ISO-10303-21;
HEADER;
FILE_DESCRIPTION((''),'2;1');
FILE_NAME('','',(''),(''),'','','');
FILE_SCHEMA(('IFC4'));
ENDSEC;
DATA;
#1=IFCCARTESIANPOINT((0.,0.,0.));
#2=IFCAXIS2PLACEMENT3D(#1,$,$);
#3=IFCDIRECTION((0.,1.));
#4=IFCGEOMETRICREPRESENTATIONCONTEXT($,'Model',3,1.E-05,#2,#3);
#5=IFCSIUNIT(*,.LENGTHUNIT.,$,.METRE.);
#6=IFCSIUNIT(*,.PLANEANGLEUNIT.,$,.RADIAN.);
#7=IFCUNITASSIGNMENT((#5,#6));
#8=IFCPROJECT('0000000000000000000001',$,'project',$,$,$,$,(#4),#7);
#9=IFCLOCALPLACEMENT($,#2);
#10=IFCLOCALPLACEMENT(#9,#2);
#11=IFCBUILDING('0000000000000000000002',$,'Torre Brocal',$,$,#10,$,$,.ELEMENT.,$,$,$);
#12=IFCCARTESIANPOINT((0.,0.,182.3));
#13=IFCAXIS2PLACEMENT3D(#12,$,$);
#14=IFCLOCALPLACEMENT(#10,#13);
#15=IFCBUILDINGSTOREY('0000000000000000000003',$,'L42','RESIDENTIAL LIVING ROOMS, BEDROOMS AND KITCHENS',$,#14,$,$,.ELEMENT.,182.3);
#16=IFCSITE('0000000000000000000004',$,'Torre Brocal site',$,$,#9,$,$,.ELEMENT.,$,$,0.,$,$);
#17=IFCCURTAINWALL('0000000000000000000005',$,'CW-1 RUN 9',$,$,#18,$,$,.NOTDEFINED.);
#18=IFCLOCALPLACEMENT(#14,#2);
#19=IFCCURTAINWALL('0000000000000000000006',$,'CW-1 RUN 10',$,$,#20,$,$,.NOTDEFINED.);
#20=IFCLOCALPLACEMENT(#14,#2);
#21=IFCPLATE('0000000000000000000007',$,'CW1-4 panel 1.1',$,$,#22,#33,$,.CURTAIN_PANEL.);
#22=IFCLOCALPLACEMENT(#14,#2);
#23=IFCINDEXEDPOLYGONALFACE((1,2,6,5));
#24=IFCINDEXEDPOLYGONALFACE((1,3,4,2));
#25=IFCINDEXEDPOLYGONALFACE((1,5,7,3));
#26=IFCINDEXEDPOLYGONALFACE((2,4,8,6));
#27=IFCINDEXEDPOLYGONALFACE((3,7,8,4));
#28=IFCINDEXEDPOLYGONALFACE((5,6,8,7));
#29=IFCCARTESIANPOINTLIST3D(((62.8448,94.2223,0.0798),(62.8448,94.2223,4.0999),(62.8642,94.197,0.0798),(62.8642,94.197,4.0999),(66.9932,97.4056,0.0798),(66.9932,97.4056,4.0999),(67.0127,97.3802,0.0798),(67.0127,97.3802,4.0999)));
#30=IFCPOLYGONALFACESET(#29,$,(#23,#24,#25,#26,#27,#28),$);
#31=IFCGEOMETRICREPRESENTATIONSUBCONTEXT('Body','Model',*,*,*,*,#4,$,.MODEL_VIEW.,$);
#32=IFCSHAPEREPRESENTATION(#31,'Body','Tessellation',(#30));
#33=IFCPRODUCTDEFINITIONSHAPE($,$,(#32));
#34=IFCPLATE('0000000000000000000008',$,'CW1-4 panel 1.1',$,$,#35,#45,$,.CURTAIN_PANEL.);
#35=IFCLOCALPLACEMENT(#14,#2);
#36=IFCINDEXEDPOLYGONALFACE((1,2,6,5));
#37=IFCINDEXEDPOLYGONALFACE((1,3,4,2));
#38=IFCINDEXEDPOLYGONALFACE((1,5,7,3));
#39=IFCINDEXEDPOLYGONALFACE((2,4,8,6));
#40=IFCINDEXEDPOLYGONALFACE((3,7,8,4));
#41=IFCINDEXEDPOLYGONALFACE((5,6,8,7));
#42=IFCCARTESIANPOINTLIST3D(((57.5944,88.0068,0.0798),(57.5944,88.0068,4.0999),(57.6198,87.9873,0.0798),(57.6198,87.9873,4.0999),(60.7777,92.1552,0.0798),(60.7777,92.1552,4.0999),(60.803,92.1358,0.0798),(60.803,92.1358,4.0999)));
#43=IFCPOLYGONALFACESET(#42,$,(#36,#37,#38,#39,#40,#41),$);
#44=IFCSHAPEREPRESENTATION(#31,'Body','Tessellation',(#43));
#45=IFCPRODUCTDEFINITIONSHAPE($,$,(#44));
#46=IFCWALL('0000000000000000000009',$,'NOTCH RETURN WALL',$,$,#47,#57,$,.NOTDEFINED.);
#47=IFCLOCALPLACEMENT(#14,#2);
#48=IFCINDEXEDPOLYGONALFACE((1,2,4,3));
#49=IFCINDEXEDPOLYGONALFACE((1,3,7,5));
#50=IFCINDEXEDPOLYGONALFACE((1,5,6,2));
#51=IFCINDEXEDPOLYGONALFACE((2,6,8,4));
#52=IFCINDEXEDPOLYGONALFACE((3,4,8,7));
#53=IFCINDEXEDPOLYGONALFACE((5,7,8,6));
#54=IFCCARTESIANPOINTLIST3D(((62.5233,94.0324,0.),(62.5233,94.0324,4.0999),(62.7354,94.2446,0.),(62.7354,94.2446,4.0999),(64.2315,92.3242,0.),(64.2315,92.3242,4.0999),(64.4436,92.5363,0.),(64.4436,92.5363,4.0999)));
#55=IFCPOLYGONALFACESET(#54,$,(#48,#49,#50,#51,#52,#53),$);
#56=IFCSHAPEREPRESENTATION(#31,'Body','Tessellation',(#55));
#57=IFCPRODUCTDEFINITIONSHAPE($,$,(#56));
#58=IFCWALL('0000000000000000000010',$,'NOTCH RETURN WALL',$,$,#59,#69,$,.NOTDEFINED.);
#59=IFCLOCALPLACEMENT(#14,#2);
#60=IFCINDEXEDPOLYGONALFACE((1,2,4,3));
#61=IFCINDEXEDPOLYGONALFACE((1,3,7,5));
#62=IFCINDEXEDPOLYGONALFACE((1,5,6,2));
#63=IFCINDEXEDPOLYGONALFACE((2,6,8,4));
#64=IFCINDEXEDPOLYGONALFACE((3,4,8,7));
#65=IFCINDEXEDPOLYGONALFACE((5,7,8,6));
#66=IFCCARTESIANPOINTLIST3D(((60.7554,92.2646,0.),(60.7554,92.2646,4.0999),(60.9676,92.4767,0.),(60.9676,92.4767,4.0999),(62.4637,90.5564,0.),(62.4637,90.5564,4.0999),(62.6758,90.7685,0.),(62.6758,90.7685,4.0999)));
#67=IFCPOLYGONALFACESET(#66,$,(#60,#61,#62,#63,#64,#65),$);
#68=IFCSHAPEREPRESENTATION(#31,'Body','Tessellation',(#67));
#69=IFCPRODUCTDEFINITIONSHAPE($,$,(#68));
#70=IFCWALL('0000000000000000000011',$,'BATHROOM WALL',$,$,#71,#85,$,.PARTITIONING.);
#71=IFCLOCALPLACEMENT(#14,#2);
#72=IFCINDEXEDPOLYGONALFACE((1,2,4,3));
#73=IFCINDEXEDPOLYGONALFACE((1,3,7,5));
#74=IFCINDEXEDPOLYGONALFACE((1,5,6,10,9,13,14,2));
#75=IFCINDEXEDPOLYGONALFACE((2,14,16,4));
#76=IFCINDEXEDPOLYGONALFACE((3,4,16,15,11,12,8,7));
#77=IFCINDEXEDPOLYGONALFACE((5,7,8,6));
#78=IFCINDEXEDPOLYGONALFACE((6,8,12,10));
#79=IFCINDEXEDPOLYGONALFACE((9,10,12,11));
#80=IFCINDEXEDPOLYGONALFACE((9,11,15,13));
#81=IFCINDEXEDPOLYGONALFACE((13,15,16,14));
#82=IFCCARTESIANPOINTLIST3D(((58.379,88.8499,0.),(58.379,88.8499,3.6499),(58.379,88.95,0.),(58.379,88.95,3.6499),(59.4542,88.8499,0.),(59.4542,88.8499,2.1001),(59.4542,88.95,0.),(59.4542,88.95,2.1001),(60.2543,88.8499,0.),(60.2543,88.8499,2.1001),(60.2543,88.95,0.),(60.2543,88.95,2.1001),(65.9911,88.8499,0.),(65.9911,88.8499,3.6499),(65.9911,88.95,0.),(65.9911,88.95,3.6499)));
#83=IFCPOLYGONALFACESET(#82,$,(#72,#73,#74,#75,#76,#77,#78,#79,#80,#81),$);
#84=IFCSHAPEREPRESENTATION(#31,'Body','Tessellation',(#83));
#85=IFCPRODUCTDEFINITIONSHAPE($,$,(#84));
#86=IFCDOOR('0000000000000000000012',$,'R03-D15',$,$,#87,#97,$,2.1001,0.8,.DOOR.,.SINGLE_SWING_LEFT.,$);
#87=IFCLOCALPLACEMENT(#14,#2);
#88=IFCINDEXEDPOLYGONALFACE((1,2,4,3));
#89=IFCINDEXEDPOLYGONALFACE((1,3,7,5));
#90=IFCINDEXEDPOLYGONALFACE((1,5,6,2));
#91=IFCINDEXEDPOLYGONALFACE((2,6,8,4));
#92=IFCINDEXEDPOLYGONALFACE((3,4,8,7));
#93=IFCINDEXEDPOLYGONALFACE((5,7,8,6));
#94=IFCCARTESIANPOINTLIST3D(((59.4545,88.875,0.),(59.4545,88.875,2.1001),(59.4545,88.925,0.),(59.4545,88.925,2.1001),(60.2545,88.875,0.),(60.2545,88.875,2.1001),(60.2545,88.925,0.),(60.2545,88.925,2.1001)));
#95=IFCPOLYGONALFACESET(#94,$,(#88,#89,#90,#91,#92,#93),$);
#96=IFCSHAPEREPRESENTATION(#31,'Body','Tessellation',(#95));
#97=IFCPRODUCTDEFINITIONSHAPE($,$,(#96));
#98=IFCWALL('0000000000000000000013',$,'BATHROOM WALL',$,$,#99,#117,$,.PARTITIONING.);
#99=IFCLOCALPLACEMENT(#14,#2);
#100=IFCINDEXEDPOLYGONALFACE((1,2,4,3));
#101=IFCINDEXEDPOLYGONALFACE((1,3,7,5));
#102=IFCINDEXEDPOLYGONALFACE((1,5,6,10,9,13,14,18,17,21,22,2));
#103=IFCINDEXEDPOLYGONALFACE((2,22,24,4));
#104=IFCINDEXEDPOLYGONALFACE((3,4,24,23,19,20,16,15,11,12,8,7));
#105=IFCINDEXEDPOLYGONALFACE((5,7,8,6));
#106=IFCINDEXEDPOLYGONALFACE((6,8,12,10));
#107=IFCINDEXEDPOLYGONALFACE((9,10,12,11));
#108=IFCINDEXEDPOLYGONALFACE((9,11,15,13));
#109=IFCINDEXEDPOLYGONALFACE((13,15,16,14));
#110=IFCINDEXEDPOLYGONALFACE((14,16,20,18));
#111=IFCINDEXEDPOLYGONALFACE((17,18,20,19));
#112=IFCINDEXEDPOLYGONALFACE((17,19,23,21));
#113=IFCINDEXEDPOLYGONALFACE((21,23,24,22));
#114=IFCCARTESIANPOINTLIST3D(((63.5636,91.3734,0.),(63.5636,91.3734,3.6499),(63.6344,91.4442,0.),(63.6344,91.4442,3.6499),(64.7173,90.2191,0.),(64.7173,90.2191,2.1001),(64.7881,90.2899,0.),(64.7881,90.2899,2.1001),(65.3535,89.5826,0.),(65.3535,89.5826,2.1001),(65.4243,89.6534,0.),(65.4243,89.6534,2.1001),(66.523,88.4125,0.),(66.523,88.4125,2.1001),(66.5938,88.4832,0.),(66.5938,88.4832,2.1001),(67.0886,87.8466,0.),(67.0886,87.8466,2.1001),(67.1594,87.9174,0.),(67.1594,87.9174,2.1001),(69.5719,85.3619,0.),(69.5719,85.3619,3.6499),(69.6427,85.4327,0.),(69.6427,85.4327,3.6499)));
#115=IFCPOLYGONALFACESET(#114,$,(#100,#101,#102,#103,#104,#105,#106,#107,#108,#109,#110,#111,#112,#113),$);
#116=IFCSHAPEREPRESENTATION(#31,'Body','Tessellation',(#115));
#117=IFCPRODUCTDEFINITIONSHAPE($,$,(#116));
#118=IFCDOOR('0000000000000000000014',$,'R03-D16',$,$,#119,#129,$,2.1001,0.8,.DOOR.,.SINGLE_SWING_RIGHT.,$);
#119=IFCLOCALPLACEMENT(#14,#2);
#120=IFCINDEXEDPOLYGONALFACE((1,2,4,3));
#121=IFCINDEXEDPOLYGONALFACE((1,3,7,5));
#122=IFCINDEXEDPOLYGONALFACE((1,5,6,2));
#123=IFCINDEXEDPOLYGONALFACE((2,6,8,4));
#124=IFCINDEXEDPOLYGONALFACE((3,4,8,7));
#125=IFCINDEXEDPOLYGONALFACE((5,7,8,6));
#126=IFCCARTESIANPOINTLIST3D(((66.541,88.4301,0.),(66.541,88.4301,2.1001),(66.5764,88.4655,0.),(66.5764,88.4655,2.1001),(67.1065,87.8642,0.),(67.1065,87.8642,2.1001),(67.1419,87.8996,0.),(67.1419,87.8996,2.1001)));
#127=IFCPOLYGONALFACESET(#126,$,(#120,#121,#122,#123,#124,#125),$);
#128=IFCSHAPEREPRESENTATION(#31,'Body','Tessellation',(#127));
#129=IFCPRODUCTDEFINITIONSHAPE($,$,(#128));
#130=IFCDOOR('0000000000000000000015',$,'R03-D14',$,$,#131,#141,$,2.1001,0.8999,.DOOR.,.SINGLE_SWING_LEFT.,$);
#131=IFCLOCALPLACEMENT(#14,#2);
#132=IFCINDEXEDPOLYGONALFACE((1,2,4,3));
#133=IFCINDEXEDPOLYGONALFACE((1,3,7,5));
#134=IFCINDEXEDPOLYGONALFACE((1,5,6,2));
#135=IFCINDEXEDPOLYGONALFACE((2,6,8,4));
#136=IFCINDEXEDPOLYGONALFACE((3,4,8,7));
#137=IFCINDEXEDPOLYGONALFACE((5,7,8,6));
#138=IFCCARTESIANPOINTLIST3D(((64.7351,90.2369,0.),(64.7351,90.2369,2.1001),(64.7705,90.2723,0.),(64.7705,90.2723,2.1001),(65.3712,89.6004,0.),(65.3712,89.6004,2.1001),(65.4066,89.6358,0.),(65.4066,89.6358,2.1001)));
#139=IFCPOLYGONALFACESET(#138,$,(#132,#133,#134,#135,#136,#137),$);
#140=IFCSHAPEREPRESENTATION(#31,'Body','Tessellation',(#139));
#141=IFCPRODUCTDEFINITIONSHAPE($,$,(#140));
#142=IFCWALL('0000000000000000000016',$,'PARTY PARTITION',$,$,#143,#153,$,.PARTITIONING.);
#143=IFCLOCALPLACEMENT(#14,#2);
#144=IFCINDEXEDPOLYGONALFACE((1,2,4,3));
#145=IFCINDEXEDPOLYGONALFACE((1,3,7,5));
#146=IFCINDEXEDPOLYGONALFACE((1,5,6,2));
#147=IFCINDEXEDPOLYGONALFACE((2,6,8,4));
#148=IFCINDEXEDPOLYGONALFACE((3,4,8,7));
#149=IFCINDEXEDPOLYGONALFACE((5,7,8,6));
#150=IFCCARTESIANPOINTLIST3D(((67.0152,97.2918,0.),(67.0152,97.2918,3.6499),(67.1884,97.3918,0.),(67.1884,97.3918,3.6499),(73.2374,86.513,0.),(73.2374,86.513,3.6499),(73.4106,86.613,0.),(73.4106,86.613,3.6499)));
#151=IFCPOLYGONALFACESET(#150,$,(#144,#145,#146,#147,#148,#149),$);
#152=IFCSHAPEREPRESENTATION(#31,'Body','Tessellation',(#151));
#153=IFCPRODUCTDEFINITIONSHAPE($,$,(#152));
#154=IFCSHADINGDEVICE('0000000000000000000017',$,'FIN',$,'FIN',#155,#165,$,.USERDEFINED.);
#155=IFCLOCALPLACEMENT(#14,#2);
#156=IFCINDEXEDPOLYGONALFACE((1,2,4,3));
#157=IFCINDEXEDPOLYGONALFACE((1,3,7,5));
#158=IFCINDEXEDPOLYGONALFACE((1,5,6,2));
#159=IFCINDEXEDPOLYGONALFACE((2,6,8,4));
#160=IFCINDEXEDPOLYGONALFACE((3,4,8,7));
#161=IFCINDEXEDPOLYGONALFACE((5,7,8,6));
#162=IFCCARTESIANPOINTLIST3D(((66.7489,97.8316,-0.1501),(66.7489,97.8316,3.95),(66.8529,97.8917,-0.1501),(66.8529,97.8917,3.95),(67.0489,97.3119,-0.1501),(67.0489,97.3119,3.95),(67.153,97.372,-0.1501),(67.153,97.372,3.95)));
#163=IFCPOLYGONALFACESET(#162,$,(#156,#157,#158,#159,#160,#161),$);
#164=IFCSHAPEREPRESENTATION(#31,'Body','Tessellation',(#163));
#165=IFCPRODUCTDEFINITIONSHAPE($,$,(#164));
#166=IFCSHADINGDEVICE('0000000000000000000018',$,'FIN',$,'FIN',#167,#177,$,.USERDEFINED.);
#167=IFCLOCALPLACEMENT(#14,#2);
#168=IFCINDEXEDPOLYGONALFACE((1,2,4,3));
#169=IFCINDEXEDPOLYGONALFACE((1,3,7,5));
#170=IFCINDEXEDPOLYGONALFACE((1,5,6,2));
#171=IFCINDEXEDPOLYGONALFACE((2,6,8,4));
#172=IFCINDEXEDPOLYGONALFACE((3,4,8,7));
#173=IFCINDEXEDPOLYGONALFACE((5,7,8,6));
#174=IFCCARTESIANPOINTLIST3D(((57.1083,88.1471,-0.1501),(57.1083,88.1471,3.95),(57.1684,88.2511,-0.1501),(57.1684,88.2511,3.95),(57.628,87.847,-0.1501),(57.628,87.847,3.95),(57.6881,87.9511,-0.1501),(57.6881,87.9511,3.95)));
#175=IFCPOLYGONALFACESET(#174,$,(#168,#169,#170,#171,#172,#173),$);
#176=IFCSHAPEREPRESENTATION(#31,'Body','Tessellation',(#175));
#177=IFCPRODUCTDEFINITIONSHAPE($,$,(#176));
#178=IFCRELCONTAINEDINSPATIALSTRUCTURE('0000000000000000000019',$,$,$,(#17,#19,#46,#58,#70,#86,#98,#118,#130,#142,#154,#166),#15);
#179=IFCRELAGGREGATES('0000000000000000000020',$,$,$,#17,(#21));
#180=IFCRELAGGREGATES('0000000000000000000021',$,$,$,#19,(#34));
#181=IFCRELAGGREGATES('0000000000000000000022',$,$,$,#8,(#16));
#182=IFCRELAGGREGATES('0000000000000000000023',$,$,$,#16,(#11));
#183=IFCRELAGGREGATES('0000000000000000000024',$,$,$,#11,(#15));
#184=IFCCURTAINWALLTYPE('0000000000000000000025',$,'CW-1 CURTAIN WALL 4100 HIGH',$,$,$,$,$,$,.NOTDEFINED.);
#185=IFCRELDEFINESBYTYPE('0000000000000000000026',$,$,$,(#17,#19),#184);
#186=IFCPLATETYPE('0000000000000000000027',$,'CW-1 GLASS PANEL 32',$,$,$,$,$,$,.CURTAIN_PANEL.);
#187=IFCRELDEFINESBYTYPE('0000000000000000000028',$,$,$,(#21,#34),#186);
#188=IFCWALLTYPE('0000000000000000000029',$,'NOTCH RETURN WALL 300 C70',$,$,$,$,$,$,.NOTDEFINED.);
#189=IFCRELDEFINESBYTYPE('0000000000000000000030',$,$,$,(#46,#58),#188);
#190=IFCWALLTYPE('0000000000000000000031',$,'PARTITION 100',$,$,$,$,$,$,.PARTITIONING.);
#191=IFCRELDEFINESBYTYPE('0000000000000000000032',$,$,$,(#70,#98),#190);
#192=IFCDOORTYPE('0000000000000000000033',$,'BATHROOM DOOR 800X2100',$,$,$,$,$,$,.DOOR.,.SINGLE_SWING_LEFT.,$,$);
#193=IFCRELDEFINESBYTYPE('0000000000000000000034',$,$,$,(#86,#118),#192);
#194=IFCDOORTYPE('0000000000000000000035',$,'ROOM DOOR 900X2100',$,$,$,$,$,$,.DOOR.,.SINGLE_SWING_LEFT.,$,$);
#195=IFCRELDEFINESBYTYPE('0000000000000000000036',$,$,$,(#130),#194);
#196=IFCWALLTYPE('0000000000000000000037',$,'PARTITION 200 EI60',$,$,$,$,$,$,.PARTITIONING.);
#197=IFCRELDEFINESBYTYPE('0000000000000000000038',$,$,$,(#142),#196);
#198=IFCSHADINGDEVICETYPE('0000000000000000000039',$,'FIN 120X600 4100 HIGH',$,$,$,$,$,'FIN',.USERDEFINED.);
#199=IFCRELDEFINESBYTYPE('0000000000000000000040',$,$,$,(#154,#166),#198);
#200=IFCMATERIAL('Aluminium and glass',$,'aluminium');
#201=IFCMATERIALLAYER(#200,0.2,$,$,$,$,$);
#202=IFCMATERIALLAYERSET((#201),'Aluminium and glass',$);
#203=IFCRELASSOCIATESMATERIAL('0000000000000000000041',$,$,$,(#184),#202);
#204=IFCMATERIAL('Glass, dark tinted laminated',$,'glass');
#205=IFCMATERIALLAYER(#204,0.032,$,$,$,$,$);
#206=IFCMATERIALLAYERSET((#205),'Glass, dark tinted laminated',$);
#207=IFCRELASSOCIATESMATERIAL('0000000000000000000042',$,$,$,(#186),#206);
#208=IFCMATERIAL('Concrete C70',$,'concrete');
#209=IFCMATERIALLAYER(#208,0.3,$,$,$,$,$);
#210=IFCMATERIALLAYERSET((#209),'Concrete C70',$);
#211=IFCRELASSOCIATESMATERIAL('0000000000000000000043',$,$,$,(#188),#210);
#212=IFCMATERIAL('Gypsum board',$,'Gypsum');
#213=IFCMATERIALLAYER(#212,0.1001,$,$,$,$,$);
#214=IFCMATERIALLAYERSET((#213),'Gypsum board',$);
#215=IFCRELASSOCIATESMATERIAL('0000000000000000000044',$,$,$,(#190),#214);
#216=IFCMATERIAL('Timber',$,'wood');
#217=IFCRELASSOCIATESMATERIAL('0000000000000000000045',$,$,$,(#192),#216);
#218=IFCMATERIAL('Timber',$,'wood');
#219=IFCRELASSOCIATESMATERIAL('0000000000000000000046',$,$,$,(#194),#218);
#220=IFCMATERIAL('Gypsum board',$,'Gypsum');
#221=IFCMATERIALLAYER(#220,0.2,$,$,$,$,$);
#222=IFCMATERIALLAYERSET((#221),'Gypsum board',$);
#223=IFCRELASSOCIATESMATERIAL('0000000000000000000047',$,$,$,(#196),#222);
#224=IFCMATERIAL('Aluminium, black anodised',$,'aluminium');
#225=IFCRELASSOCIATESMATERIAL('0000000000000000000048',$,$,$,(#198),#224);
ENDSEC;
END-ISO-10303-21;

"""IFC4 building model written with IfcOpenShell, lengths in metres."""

from ifc_helpers import new_model, si_unit, direction, frame, frame_2d, origin, origin_2d, place, context, subcontext, project, spatial, rectangle, extrude, material, layer, layer_set, material_profile, profile_set, type_object, element, fill, aggregate, save


model = new_model("IFC4")

# Units and contexts
model_context = context("Model", 3, precision=1e-05, world=origin(), true_north=direction((0.0, 1.0)))
body_context = subcontext(model_context, "Body", "Model", "MODEL_VIEW")
ifc_project = project(units=[si_unit("LENGTHUNIT", "METRE"), si_unit("PLANEANGLEUNIT", "RADIAN")], contexts=[model_context])

# Site, building, storey
site_placement = place(None, origin())
site = spatial("IfcSite", under=ifc_project, at=site_placement, Name="Torre Brocal site", CompositionType="ELEMENT", RefElevation=0.0)
building_placement = place(site_placement, origin())
building = spatial("IfcBuilding", under=site, at=building_placement, Name="Torre Brocal", CompositionType="ELEMENT")
storey_placement = place(building_placement, frame((0.0, 0.0, 182.3)))
storey = spatial("IfcBuildingStorey", under=building, at=storey_placement, Name="L42", Description="RESIDENTIAL LIVING ROOMS, BEDROOMS AND KITCHENS", CompositionType="ELEMENT", Elevation=182.3)

# Shared definitions
ifc_material_1 = material(Name="Aluminium and glass", Category="aluminium")
ifc_layer_1 = layer(ifc_material_1, 0.2)
ifc_layer_set_1 = layer_set([ifc_layer_1], Name="Aluminium and glass")
curtain_wall_type = type_object("IfcCurtainWallType", Name="CW-1 CURTAIN WALL 4100 HIGH", PredefinedType="NOTDEFINED", material=ifc_layer_set_1)

# Curtain walls
curtain_wall_1_placement = place(storey_placement, origin())
curtain_wall_1 = element("IfcCurtainWall", 1, at=curtain_wall_1_placement, inside=storey, type_object=curtain_wall_type, Name="CW-1 RUN 9", PredefinedType="NOTDEFINED")
curtain_wall_2_placement = place(storey_placement, origin())
curtain_wall_2 = element("IfcCurtainWall", 2, at=curtain_wall_2_placement, inside=storey, type_object=curtain_wall_type, Name="CW-1 RUN 10", PredefinedType="NOTDEFINED")

# Plates
ifc_material_2 = material(Name="Glass, dark tinted laminated", Category="glass")
ifc_layer_2 = layer(ifc_material_2, 0.032)
ifc_layer_set_2 = layer_set([ifc_layer_2], Name="Glass, dark tinted laminated")
plate_type = type_object("IfcPlateType", Name="CW-1 GLASS PANEL 32", PredefinedType="CURTAIN_PANEL", material=ifc_layer_set_2)
plate_1_placement = place(storey_placement, frame((64.9287, 95.8013, 0.0798), z_axis=(0.0, 0.0, 1.0), x_axis=(-0.793353, -0.608761, 0.0)))
plate_1 = element("IfcPlate", 3, at=plate_1_placement, type_object=plate_type, Name="CW1-4 panel 1.1", PredefinedType="CURTAIN_PANEL", context=body_context, shape_type="SweptSolid", body=[
    extrude(rectangle(XDim=5.229, YDim=0.032, at=origin_2d()), origin(), (0.0, 0.0, 1.0), 4.02),
])
aggregate(curtain_wall_1, [plate_1])
plate_2_placement = place(storey_placement, frame((59.1987, 90.0713, 0.0798), z_axis=(0.0, 0.0, 1.0), x_axis=(-0.608761, -0.793353, 0.0)))
plate_2 = element("IfcPlate", 4, at=plate_2_placement, type_object=plate_type, Name="CW1-4 panel 1.1", PredefinedType="CURTAIN_PANEL", context=body_context, shape_type="SweptSolid", body=[
    extrude(rectangle(XDim=5.229, YDim=0.032, at=origin_2d()), origin(), (0.0, 0.0, 1.0), 4.02),
])
aggregate(curtain_wall_2, [plate_2])

# Walls
ifc_material_3 = material(Name="Concrete C70", Category="concrete")
ifc_layer_3 = layer(ifc_material_3, 0.3)
ifc_layer_set_3 = layer_set([ifc_layer_3], Name="Concrete C70")
wall_type_1 = type_object("IfcWallType", Name="NOTCH RETURN WALL 300 C70", PredefinedType="NOTDEFINED", material=ifc_layer_set_3)
for number, where, z_axis, x_axis, name in (
    (5, (64.3376, 92.4302, 0.0), (0.0, 0.0, 1.0), (-0.707107, 0.707107, 0.0), "NOTCH RETURN WALL"),
    (6, (62.5698, 90.6624, 0.0), (0.0, 0.0, 1.0), (-0.707107, 0.707107, 0.0), "NOTCH RETURN WALL"),
):
    element("IfcWall", number, at=place(storey_placement, frame(where, z_axis=z_axis, x_axis=x_axis)), inside=storey, type_object=wall_type_1, Name=name, PredefinedType="NOTDEFINED", context=body_context, shape_type="SweptSolid", body=[
        extrude(rectangle(XDim=2.4158, YDim=0.3, at=frame_2d((1.208, 0.0))), origin(), (0.0, 0.0, 1.0), 4.0999),
    ])

# Wall, opening, door
ifc_material_4 = material(Name="Gypsum board", Category="Gypsum")
ifc_layer_4 = layer(ifc_material_4, 0.1001)
ifc_layer_set_4 = layer_set([ifc_layer_4], Name="Gypsum board")
wall_type_2 = type_object("IfcWallType", Name="PARTITION 100", PredefinedType="PARTITIONING", material=ifc_layer_set_4)
wall_1_placement = place(storey_placement, frame((58.3789, 88.8999, 0.0), z_axis=(0.0, 0.0, 1.0), x_axis=(1.0, 0.0, 0.0)))
wall_1 = element("IfcWall", 7, at=wall_1_placement, inside=storey, type_object=wall_type_2, Name="BATHROOM WALL", PredefinedType="PARTITIONING", context=body_context, shape_type="SweptSolid", body=[
    extrude(rectangle(XDim=7.6121, YDim=0.1001, at=frame_2d((3.8062, 0.0))), origin(), (0.0, 0.0, 1.0), 3.6499),
])
opening_1_placement = place(wall_1_placement, frame((1.0754, 0.0, 0.0)))
opening_1 = element("IfcOpeningElement", 8, at=opening_1_placement, cuts=wall_1, PredefinedType="OPENING", context=body_context, shape_type="SweptSolid", body=[
    extrude(rectangle(XDim=0.8, YDim=2.1001, at=frame_2d((0.3999, 1.05))), frame((0.0, 0.0601, 0.0), z_axis=(0.0, -1.0, 0.0), x_axis=(1.0, 0.0, 0.0)), (0.0, 0.0, 1.0), 0.1201),
])
ifc_material_5 = material(Name="Timber", Category="wood")
door_type_1 = type_object("IfcDoorType", Name="BATHROOM DOOR 800X2100", OperationType="SINGLE_SWING_LEFT", PredefinedType="DOOR", material=ifc_material_5)
door_1_placement = place(opening_1_placement, frame((0.8, 0.0, 0.0), z_axis=(0.0, 0.0, 1.0), x_axis=(-1.0, 0.0, 0.0)))
door_1 = element("IfcDoor", 9, at=door_1_placement, inside=storey, type_object=door_type_1, Name="R03-D15", OperationType="SINGLE_SWING_LEFT", OverallHeight=2.1001, OverallWidth=0.8, PredefinedType="DOOR", context=body_context, shape_type="SweptSolid", body=[
    extrude(rectangle(XDim=0.8, YDim=2.1001, at=frame_2d((0.3999, 1.05))), frame((0.0, 0.0249, 0.0), z_axis=(0.0, -1.0, 0.0), x_axis=(1.0, 0.0, 0.0)), (0.0, 0.0, 1.0), 0.05),
])
fill(opening_1, door_1)

# Wall, openings, doors
wall_2_placement = place(storey_placement, frame((63.5991, 91.4087, 0.0), z_axis=(0.0, 0.0, 1.0), x_axis=(0.70692, -0.707293, 0.0)))
wall_2 = element("IfcWall", 10, at=wall_2_placement, inside=storey, type_object=wall_type_2, Name="BATHROOM WALL", PredefinedType="PARTITIONING", context=body_context, shape_type="SweptSolid", body=[
    extrude(rectangle(XDim=8.4993, YDim=0.1001, at=frame_2d((4.2495, 0.0))), origin(), (0.0, 0.0, 1.0), 3.6499),
])
opening_2_placement = place(wall_2_placement, frame((1.6318, 0.0, 0.0)))
opening_2 = element("IfcOpeningElement", 11, at=opening_2_placement, cuts=wall_2, PredefinedType="OPENING", context=body_context, shape_type="SweptSolid", body=[
    extrude(rectangle(XDim=0.8999, YDim=2.1001, at=frame_2d((0.45, 1.05))), frame((0.0, 0.0601, 0.0), z_axis=(0.0, -1.0, 0.0), x_axis=(1.0, 0.0, 0.0)), (0.0, 0.0, 1.0), 0.1201),
])
opening_3_placement = place(wall_2_placement, frame((4.1863, 0.0, 0.0)))
opening_3 = element("IfcOpeningElement", 12, at=opening_3_placement, cuts=wall_2, PredefinedType="OPENING", context=body_context, shape_type="SweptSolid", body=[
    extrude(rectangle(XDim=0.8, YDim=2.1001, at=frame_2d((0.3999, 1.05))), frame((0.0, 0.0601, 0.0), z_axis=(0.0, -1.0, 0.0), x_axis=(1.0, 0.0, 0.0)), (0.0, 0.0, 1.0), 0.1201),
])
door_2_placement = place(opening_3_placement, frame((0.8, 0.0, 0.0), z_axis=(0.0, 0.0, 1.0), x_axis=(-1.0, 0.0, 0.0)))
door_2 = element("IfcDoor", 13, at=door_2_placement, inside=storey, type_object=door_type_1, Name="R03-D16", OperationType="SINGLE_SWING_RIGHT", OverallHeight=2.1001, OverallWidth=0.8, PredefinedType="DOOR", context=body_context, shape_type="SweptSolid", body=[
    extrude(rectangle(XDim=0.8, YDim=2.1001, at=frame_2d((0.3999, 1.05))), frame((0.0, 0.0249, 0.0), z_axis=(0.0, -1.0, 0.0), x_axis=(1.0, 0.0, 0.0)), (0.0, 0.0, 1.0), 0.05),
])
fill(opening_3, door_2)
ifc_material_6 = material(Name="Timber", Category="wood")
door_type_2 = type_object("IfcDoorType", Name="ROOM DOOR 900X2100", OperationType="SINGLE_SWING_LEFT", PredefinedType="DOOR", material=ifc_material_6)
door_3_placement = place(opening_2_placement, frame((0.8999, 0.0, 0.0), z_axis=(0.0, 0.0, 1.0), x_axis=(-1.0, 0.0, 0.0)))
door_3 = element("IfcDoor", 14, at=door_3_placement, inside=storey, type_object=door_type_2, Name="R03-D14", OperationType="SINGLE_SWING_LEFT", OverallHeight=2.1001, OverallWidth=0.8999, PredefinedType="DOOR", context=body_context, shape_type="SweptSolid", body=[
    extrude(rectangle(XDim=0.8999, YDim=2.1001, at=frame_2d((0.45, 1.05))), frame((0.0, 0.0249, 0.0), z_axis=(0.0, -1.0, 0.0), x_axis=(1.0, 0.0, 0.0)), (0.0, 0.0, 1.0), 0.05),
])
fill(opening_2, door_3)

# Wall
ifc_material_7 = material(Name="Gypsum board", Category="Gypsum")
ifc_layer_5 = layer(ifc_material_7, 0.2)
ifc_layer_set_5 = layer_set([ifc_layer_5], Name="Gypsum board")
wall_type_3 = type_object("IfcWallType", Name="PARTITION 200 EI60", PredefinedType="PARTITIONING", material=ifc_layer_set_5)
wall_3_placement = place(storey_placement, frame((67.1018, 97.3418, 0.0), z_axis=(0.0, 0.0, 1.0), x_axis=(0.499941, -0.86606, 0.0)))
element("IfcWall", 15, at=wall_3_placement, inside=storey, type_object=wall_type_3, Name="PARTY PARTITION", PredefinedType="PARTITIONING", context=body_context, shape_type="SweptSolid", body=[
    extrude(rectangle(XDim=12.4458, YDim=0.2, at=frame_2d((6.2229, 0.0))), origin(), (0.0, 0.0, 1.0), 3.6499),
])

# Shading devices
ifc_material_8 = material(Name="Aluminium, black anodised", Category="aluminium")
ifc_material_profile_1 = material_profile(ifc_material_8, rectangle(XDim=0.1201, YDim=0.6001, at=origin_2d()), Name="FIN 120X600 4100 HIGH")
ifc_profile_set_1 = profile_set([ifc_material_profile_1], Name="Aluminium, black anodised")
shading_device_type = type_object("IfcShadingDeviceType", Name="FIN 120X600 4100 HIGH", ElementType="FIN", PredefinedType="USERDEFINED", material=ifc_profile_set_1)
for number, where, z_axis, x_axis, name in (
    (16, (66.9509, 97.6018, -0.1501), (0.0, 0.0, 1.0), (-0.866025, -0.5, 0.0), "FIN"),
    (17, (57.3982, 88.0491, -0.1501), (0.0, 0.0, 1.0), (-0.5, -0.866025, 0.0), "FIN"),
):
    element("IfcShadingDevice", number, at=place(storey_placement, frame(where, z_axis=z_axis, x_axis=x_axis)), inside=storey, type_object=shading_device_type, Name=name, ObjectType="FIN", PredefinedType="USERDEFINED", context=body_context, shape_type="SweptSolid", body=[
        extrude(rectangle(XDim=0.1201, YDim=0.6001, at=origin_2d()), origin(), (0.0, 0.0, 1.0), 4.1001),
    ])

save(model, "model.ifc")
